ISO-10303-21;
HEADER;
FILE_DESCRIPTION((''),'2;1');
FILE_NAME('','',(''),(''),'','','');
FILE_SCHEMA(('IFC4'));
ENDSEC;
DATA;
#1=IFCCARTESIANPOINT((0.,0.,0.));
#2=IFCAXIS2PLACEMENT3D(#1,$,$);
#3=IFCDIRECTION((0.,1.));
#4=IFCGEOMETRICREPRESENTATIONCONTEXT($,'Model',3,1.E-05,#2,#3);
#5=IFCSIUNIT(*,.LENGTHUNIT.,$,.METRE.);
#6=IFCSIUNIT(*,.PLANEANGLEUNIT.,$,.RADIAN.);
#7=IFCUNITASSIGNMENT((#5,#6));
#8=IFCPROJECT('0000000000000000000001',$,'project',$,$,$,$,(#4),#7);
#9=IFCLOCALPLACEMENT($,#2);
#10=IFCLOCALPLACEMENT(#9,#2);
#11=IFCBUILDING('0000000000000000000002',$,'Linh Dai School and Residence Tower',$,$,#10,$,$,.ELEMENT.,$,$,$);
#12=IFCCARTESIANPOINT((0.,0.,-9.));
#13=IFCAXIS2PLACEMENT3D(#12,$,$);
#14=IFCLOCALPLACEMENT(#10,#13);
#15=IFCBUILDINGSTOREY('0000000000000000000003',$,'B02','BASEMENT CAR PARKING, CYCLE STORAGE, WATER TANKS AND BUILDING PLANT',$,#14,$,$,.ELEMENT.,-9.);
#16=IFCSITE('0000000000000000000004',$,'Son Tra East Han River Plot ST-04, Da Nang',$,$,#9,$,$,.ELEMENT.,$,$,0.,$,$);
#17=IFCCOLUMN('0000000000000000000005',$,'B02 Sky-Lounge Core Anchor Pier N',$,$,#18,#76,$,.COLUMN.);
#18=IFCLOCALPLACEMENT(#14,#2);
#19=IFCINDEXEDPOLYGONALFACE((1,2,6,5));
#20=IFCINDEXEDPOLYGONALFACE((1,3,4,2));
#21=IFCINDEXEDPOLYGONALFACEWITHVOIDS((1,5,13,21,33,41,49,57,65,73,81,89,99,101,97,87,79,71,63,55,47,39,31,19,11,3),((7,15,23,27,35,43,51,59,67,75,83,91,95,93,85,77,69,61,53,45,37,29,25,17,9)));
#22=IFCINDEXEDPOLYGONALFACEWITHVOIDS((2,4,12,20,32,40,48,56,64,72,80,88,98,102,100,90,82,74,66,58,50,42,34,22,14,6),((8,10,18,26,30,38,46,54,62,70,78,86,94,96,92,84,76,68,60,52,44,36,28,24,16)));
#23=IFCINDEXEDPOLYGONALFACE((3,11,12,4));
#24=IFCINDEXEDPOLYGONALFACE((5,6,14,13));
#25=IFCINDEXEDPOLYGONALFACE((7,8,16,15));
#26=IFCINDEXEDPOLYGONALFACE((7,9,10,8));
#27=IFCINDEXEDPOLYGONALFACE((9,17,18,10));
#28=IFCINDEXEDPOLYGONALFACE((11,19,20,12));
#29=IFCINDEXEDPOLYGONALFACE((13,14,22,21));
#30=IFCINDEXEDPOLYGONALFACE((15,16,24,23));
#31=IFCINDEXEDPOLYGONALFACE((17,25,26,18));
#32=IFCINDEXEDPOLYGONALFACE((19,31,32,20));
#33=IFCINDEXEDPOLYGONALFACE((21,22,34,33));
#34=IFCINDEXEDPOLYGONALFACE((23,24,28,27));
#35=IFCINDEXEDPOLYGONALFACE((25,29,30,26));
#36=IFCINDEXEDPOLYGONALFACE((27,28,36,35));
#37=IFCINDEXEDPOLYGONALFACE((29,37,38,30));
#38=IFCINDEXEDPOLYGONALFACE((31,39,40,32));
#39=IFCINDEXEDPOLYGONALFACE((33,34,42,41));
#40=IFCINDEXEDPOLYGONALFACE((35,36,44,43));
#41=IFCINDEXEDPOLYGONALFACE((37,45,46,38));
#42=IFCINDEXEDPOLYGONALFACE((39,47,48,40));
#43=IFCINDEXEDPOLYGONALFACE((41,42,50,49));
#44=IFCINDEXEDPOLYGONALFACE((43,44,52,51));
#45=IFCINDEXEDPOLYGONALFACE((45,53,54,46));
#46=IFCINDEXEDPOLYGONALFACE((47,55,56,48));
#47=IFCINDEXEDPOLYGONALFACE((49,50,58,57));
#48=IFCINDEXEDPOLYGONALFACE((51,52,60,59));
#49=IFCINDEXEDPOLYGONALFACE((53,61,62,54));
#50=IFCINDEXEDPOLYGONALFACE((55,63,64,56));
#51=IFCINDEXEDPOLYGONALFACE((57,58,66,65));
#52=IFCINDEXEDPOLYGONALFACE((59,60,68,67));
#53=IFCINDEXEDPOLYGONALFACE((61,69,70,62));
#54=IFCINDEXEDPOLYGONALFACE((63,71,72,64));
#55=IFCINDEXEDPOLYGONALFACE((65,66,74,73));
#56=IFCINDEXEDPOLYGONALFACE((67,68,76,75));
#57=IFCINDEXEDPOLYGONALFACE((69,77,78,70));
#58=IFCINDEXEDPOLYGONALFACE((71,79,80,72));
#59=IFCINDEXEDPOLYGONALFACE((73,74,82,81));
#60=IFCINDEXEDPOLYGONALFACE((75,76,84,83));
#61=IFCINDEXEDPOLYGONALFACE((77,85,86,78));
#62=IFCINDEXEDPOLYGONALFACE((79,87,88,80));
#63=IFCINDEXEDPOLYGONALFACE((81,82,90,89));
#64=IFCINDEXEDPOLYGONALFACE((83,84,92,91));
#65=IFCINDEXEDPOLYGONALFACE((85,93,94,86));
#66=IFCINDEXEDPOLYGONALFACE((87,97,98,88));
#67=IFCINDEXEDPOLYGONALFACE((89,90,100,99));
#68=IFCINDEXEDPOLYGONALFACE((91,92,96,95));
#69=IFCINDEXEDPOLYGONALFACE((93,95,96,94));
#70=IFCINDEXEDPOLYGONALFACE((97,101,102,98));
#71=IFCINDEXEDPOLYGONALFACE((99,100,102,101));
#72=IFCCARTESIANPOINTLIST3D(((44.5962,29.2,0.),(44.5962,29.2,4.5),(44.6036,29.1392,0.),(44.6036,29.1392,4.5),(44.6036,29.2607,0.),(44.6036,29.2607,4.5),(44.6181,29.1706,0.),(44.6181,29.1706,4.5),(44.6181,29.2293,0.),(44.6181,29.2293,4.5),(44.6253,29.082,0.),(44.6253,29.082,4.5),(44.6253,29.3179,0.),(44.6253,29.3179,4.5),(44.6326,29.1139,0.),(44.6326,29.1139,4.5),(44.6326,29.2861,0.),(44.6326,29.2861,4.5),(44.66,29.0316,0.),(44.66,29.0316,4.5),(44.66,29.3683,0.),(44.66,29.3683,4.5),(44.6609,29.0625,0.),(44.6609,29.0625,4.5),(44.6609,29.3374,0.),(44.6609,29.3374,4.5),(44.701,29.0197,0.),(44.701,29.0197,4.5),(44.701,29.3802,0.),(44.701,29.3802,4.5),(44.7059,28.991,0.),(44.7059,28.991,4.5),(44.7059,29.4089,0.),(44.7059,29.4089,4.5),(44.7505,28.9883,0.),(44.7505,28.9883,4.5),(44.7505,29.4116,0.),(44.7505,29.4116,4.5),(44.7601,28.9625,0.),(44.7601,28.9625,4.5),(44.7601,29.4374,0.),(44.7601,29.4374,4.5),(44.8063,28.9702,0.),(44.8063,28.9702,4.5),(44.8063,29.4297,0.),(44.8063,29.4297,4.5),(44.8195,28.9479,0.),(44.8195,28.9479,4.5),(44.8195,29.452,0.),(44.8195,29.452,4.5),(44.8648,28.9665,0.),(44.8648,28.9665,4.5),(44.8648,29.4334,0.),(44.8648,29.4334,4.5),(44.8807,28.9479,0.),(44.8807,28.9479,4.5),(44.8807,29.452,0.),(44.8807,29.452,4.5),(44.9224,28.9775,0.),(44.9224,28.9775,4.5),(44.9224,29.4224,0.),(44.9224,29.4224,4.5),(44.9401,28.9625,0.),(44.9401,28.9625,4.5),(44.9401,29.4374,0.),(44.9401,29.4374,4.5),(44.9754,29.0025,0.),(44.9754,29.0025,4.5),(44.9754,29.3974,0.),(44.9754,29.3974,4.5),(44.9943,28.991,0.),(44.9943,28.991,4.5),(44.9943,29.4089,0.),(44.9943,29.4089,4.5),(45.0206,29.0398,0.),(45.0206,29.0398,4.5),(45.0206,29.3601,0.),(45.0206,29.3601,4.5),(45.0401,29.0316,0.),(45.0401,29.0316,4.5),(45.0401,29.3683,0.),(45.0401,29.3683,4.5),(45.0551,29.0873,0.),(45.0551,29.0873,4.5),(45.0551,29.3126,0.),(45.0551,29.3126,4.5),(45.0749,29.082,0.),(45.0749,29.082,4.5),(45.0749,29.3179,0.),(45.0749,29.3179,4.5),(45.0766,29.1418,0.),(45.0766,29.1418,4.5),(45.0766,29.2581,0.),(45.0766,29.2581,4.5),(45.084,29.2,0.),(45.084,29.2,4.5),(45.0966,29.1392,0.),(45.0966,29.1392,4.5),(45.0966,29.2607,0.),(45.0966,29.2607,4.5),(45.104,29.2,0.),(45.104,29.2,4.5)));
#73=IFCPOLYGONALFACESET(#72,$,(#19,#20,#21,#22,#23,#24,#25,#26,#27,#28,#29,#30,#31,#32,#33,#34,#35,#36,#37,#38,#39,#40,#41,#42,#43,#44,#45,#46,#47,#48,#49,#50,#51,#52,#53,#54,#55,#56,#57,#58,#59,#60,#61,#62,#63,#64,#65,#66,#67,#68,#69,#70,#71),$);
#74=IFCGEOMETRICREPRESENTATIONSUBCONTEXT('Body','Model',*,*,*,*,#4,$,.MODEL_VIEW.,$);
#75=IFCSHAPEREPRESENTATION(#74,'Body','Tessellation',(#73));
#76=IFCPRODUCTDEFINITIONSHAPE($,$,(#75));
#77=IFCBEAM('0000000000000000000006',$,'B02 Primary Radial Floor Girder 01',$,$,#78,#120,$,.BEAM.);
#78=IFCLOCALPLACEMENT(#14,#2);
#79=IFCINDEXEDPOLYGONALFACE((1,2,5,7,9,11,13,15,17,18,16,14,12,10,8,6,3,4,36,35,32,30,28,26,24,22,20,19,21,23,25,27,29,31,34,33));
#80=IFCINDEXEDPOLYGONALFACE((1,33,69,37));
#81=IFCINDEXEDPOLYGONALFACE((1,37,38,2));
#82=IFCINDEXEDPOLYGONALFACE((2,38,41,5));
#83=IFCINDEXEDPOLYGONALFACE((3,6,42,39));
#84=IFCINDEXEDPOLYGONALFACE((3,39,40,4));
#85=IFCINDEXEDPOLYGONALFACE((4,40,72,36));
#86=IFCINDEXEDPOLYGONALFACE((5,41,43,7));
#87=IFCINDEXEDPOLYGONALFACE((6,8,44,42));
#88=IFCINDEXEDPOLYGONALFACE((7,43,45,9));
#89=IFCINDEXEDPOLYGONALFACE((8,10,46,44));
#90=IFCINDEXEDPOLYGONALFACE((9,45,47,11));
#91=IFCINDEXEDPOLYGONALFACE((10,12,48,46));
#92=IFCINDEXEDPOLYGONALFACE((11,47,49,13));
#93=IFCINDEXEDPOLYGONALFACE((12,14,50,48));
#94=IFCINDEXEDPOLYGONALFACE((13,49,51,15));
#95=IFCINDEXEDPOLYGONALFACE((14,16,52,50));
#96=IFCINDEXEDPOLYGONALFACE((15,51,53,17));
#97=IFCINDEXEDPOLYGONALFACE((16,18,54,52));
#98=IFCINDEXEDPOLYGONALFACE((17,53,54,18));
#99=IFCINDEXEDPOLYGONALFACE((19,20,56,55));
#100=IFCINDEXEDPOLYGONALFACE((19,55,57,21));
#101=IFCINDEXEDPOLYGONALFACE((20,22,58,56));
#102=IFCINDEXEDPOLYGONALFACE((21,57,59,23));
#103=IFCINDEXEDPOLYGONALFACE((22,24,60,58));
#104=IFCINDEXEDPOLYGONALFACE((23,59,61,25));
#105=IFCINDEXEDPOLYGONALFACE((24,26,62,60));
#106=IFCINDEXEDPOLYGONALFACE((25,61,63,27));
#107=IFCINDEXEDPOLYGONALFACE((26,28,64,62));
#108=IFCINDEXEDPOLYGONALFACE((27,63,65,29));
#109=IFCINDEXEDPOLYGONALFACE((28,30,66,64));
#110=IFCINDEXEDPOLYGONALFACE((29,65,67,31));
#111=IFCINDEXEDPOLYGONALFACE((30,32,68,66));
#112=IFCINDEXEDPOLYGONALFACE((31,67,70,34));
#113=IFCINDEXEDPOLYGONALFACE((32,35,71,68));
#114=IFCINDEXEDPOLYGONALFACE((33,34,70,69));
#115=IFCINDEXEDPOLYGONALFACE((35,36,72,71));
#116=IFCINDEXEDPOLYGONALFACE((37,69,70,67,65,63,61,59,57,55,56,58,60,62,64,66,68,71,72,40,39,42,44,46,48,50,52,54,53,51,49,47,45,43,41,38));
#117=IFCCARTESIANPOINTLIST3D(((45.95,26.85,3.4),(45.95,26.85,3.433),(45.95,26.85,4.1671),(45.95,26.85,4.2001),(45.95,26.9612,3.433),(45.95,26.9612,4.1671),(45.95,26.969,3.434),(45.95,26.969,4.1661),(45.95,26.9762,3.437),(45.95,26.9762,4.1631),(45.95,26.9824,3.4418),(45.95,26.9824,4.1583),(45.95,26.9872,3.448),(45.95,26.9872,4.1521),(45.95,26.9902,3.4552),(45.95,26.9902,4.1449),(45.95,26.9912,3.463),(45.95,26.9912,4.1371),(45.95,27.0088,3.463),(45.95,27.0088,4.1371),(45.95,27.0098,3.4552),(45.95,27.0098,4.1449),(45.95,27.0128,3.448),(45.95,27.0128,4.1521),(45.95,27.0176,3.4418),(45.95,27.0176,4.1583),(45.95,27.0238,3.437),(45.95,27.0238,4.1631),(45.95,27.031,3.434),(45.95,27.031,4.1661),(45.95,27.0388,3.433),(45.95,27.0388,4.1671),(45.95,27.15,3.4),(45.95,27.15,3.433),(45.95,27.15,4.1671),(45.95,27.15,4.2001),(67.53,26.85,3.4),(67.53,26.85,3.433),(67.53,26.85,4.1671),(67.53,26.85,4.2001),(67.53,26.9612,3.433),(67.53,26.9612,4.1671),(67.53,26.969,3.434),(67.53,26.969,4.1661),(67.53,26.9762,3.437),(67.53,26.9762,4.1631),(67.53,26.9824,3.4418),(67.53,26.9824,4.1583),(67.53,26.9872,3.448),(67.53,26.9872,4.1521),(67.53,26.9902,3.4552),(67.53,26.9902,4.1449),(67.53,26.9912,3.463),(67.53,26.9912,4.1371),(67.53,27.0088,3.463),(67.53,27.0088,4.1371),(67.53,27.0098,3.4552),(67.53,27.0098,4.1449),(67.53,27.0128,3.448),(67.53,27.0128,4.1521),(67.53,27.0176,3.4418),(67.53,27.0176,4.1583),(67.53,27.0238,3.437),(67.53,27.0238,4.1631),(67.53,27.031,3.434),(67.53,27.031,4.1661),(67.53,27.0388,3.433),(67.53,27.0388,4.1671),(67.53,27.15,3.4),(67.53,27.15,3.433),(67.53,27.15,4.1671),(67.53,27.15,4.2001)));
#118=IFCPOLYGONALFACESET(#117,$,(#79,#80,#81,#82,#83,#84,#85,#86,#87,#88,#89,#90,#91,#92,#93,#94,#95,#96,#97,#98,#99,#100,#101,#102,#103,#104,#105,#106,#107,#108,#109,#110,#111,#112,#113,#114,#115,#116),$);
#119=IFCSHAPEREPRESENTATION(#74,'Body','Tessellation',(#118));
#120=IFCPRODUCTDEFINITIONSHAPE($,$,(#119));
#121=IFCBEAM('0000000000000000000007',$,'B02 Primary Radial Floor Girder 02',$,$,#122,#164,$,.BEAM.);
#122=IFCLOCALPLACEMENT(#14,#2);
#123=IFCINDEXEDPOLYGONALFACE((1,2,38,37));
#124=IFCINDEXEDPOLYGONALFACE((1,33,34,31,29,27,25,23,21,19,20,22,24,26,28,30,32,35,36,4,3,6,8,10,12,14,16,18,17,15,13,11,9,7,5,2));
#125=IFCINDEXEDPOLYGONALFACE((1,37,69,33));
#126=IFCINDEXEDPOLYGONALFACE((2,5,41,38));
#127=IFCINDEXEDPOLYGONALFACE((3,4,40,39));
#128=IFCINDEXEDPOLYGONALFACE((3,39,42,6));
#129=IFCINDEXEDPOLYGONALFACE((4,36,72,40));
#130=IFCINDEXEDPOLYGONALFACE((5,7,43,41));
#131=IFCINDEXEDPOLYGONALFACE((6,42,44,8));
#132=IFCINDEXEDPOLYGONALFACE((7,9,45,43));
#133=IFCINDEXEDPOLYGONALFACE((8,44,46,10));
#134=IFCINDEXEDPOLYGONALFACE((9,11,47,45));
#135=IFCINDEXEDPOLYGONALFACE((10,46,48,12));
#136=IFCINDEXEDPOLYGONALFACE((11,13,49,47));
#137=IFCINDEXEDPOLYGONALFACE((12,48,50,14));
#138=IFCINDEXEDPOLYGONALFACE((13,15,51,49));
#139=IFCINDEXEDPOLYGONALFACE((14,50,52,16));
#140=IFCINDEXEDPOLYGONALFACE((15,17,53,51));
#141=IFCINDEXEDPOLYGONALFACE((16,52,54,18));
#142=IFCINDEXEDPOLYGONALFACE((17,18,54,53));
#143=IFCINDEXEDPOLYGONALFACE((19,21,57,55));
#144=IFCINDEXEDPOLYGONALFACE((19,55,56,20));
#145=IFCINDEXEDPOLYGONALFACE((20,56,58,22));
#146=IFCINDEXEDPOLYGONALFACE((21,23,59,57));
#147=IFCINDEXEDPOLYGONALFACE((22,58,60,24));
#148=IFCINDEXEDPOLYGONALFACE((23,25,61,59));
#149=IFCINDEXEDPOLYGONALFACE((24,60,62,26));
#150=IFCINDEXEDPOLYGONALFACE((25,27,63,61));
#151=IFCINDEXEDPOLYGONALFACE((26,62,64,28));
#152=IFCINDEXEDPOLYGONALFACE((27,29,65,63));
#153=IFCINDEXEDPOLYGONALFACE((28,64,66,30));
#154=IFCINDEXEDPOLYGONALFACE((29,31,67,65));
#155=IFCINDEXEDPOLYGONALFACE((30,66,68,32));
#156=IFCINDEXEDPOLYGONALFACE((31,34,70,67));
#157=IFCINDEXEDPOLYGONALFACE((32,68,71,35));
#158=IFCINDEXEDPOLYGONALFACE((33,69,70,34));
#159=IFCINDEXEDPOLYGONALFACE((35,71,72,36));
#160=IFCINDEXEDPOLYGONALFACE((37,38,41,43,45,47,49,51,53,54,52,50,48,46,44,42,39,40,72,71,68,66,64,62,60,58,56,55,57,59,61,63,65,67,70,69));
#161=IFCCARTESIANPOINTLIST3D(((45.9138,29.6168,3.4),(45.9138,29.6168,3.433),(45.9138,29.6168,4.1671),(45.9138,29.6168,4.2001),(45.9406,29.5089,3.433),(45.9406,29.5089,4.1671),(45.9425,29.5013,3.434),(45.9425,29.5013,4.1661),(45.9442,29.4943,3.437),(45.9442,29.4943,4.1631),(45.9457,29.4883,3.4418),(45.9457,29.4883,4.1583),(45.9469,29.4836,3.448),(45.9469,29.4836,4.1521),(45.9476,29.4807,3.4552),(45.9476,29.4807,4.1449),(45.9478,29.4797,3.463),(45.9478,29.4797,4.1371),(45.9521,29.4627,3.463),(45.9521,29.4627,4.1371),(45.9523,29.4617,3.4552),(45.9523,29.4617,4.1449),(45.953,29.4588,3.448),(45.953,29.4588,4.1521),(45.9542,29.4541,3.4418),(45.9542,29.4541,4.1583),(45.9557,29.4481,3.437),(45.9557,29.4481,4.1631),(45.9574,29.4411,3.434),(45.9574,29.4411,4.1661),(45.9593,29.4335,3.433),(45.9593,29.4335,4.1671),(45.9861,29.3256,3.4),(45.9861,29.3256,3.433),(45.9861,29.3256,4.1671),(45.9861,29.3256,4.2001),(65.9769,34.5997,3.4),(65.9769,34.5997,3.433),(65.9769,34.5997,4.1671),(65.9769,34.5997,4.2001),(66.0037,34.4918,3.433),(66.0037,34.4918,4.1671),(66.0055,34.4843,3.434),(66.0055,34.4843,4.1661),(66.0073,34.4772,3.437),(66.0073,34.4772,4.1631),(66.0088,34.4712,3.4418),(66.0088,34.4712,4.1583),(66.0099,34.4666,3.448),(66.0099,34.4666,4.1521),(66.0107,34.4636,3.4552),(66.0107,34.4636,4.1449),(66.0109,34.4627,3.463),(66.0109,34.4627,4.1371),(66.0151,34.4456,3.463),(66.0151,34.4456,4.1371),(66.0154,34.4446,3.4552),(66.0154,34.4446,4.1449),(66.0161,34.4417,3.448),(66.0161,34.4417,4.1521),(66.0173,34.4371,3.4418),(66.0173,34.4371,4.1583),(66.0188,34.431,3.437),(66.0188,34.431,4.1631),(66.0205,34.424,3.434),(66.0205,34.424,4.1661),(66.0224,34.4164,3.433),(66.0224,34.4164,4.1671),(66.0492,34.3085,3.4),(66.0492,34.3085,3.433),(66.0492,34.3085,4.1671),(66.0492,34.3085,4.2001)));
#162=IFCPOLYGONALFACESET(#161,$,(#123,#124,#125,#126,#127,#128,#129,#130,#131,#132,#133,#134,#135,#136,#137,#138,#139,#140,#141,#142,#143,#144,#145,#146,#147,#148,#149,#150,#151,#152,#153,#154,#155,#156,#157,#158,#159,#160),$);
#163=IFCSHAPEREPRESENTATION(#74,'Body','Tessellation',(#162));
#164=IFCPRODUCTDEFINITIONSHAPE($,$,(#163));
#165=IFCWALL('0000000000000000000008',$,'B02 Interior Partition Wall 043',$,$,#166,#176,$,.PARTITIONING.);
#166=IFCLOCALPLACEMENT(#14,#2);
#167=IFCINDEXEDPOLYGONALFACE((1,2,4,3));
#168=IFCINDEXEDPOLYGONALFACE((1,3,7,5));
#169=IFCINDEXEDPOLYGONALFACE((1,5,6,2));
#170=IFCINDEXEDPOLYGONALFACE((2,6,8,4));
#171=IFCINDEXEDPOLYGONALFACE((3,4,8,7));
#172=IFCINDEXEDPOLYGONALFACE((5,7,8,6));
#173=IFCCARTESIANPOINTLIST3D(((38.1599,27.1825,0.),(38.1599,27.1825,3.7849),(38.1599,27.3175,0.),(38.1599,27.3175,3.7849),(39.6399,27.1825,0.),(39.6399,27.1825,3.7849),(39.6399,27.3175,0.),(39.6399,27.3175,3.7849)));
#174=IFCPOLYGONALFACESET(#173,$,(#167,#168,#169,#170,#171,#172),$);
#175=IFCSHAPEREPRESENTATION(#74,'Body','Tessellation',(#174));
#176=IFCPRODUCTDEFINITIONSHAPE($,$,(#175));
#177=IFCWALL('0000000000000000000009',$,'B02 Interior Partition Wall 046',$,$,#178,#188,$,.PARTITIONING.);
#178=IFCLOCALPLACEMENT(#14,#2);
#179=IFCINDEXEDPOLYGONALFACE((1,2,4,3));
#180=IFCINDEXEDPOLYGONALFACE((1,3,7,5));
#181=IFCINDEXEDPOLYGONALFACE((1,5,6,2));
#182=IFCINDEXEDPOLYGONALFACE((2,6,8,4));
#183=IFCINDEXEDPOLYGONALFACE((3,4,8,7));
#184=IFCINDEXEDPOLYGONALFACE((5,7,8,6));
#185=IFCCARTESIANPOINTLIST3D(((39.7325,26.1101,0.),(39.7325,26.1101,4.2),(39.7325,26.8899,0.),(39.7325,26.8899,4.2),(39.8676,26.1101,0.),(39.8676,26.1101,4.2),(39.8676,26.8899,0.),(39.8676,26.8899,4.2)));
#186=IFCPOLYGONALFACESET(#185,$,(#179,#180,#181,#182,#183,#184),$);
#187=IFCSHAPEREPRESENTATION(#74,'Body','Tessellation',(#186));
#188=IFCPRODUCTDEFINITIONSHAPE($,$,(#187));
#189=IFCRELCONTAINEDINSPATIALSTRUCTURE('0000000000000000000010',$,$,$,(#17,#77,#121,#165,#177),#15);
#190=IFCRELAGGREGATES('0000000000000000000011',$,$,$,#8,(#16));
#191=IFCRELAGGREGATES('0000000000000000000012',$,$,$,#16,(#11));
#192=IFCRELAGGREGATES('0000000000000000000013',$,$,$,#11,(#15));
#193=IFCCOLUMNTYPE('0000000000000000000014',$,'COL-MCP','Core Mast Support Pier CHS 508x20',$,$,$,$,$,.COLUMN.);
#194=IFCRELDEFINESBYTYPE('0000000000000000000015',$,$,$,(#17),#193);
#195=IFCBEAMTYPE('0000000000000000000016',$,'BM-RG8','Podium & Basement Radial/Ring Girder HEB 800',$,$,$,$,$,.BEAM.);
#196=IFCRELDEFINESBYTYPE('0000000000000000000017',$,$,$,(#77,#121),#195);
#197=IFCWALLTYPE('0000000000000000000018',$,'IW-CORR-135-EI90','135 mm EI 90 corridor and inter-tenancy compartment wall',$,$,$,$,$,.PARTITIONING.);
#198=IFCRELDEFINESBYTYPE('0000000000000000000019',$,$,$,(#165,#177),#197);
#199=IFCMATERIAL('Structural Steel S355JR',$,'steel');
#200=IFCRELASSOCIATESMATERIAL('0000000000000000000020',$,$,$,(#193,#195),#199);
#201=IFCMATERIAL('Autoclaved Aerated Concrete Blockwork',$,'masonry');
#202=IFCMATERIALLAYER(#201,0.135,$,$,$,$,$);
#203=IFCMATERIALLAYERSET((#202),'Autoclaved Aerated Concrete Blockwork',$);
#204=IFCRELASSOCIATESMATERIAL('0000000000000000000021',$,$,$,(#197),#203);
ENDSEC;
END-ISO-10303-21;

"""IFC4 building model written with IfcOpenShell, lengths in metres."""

from ifc_helpers import new_model, si_unit, direction, frame, frame_2d, origin, origin_2d, place, context, subcontext, project, spatial, rectangle, hollow_circle, i_section, extrude, material, layer, layer_set, material_profile, profile_set, type_object, element, save


model = new_model("IFC4")

# Units and contexts
model_context = context("Model", 3, precision=1e-05, world=origin(), true_north=direction((0.0, 1.0)))
body_context = subcontext(model_context, "Body", "Model", "MODEL_VIEW")
ifc_project = project(units=[si_unit("LENGTHUNIT", "METRE"), si_unit("PLANEANGLEUNIT", "RADIAN")], contexts=[model_context])

# Site, building, storey
site_placement = place(None, origin())
site = spatial("IfcSite", under=ifc_project, at=site_placement, Name="Son Tra East Han River Plot ST-04, Da Nang", CompositionType="ELEMENT", RefElevation=0.0)
building_placement = place(site_placement, origin())
building = spatial("IfcBuilding", under=site, at=building_placement, Name="Linh Dai School and Residence Tower", CompositionType="ELEMENT")
storey_placement = place(building_placement, frame((0.0, 0.0, -9.0)))
storey = spatial("IfcBuildingStorey", under=building, at=storey_placement, Name="B02", Description="BASEMENT CAR PARKING, CYCLE STORAGE, WATER TANKS AND BUILDING PLANT", CompositionType="ELEMENT", Elevation=-9.0)

# Column
ifc_material_1 = material(Name="Structural Steel S355JR", Category="steel")
ifc_material_profile_1 = material_profile(ifc_material_1, hollow_circle(Radius=0.2539, WallThickness=0.02, at=origin_2d()), Name="CHS 508x20")
ifc_profile_set_1 = profile_set([ifc_material_profile_1], Name="Structural Steel S355JR")
column_type_1 = type_object("IfcColumnType", Name="COL-MCP", Description="Core Mast Support Pier CHS 508x20", PredefinedType="COLUMN", material=ifc_profile_set_1)
for number, where, z_axis, x_axis, name in (
    (1, (44.8501, 29.2, 0.0), (0.0, 0.0, 1.0), (1.0, 0.0, 0.0), "B02 Sky-Lounge Core Anchor Pier N"),
):
    element("IfcColumn", number, at=place(storey_placement, frame(where, z_axis=z_axis, x_axis=x_axis)), inside=storey, type_object=column_type_1, Name=name, PredefinedType="COLUMN", context=body_context, shape_type="SweptSolid", body=[
        extrude(hollow_circle(Radius=0.2539, WallThickness=0.02, at=origin_2d()), origin(), (0.0, 0.0, 1.0), 4.5),
    ])

# Beams
ifc_material_profile_2 = material_profile(ifc_material_1, i_section(OverallWidth=0.3, OverallDepth=0.8, WebThickness=0.0176, FlangeThickness=0.033, FilletRadius=0.03, at=origin_2d()), Name="HEB 800")
ifc_profile_set_2 = profile_set([ifc_material_profile_2], Name="Structural Steel S355JR")
beam_type = type_object("IfcBeamType", Name="BM-RG8", Description="Podium & Basement Radial/Ring Girder HEB 800", PredefinedType="BEAM", material=ifc_profile_set_2)
beam_1_placement = place(storey_placement, frame((45.95, 27.0, 3.8), z_axis=(1.0, 0.0, 0.0), x_axis=(0.0, 1.0, 0.0)))
element("IfcBeam", 2, at=beam_1_placement, inside=storey, type_object=beam_type, Name="B02 Primary Radial Floor Girder 01", PredefinedType="BEAM", context=body_context, shape_type="SweptSolid", body=[
    extrude(i_section(OverallWidth=0.3, OverallDepth=0.8, WebThickness=0.0176, FlangeThickness=0.033, FilletRadius=0.03, at=origin_2d()), origin(), (0.0, 0.0, 1.0), 21.5801),
])
beam_2_placement = place(storey_placement, frame((45.95, 29.4712, 3.8), z_axis=(0.970515, 0.24104, 0.0), x_axis=(-0.24104, 0.970515, 0.0)))
element("IfcBeam", 3, at=beam_2_placement, inside=storey, type_object=beam_type, Name="B02 Primary Radial Floor Girder 02", PredefinedType="BEAM", context=body_context, shape_type="SweptSolid", body=[
    extrude(i_section(OverallWidth=0.3, OverallDepth=0.8, WebThickness=0.0176, FlangeThickness=0.033, FilletRadius=0.03, at=origin_2d()), origin(), (0.0, 0.0, 1.0), 20.6726),
])

# Walls
ifc_material_2 = material(Name="Autoclaved Aerated Concrete Blockwork", Category="masonry")
ifc_layer_1 = layer(ifc_material_2, 0.135)
ifc_layer_set_1 = layer_set([ifc_layer_1], Name="Autoclaved Aerated Concrete Blockwork")
wall_type_1 = type_object("IfcWallType", Name="IW-CORR-135-EI90", Description="135 mm EI 90 corridor and inter-tenancy compartment wall", PredefinedType="PARTITIONING", material=ifc_layer_set_1)
wall_1_placement = place(storey_placement, frame((39.6399, 27.25, 0.0), z_axis=(0.0, 0.0, 1.0), x_axis=(-1.0, 0.0, 0.0)))
element("IfcWall", 4, at=wall_1_placement, inside=storey, type_object=wall_type_1, Name="B02 Interior Partition Wall 043", PredefinedType="PARTITIONING", context=body_context, shape_type="SweptSolid", body=[
    extrude(rectangle(XDim=1.48, YDim=0.135, at=frame_2d((0.74, 0.0))), origin(), (0.0, 0.0, 1.0), 3.7849),
])
wall_2_placement = place(storey_placement, frame((39.8, 26.1101, 0.0), z_axis=(0.0, 0.0, 1.0), x_axis=(0.0, 1.0, 0.0)))
element("IfcWall", 5, at=wall_2_placement, inside=storey, type_object=wall_type_1, Name="B02 Interior Partition Wall 046", PredefinedType="PARTITIONING", context=body_context, shape_type="SweptSolid", body=[
    extrude(rectangle(XDim=0.7798, YDim=0.135, at=frame_2d((0.3899, 0.0))), origin(), (0.0, 0.0, 1.0), 4.2),
])

save(model, "model.ifc")
